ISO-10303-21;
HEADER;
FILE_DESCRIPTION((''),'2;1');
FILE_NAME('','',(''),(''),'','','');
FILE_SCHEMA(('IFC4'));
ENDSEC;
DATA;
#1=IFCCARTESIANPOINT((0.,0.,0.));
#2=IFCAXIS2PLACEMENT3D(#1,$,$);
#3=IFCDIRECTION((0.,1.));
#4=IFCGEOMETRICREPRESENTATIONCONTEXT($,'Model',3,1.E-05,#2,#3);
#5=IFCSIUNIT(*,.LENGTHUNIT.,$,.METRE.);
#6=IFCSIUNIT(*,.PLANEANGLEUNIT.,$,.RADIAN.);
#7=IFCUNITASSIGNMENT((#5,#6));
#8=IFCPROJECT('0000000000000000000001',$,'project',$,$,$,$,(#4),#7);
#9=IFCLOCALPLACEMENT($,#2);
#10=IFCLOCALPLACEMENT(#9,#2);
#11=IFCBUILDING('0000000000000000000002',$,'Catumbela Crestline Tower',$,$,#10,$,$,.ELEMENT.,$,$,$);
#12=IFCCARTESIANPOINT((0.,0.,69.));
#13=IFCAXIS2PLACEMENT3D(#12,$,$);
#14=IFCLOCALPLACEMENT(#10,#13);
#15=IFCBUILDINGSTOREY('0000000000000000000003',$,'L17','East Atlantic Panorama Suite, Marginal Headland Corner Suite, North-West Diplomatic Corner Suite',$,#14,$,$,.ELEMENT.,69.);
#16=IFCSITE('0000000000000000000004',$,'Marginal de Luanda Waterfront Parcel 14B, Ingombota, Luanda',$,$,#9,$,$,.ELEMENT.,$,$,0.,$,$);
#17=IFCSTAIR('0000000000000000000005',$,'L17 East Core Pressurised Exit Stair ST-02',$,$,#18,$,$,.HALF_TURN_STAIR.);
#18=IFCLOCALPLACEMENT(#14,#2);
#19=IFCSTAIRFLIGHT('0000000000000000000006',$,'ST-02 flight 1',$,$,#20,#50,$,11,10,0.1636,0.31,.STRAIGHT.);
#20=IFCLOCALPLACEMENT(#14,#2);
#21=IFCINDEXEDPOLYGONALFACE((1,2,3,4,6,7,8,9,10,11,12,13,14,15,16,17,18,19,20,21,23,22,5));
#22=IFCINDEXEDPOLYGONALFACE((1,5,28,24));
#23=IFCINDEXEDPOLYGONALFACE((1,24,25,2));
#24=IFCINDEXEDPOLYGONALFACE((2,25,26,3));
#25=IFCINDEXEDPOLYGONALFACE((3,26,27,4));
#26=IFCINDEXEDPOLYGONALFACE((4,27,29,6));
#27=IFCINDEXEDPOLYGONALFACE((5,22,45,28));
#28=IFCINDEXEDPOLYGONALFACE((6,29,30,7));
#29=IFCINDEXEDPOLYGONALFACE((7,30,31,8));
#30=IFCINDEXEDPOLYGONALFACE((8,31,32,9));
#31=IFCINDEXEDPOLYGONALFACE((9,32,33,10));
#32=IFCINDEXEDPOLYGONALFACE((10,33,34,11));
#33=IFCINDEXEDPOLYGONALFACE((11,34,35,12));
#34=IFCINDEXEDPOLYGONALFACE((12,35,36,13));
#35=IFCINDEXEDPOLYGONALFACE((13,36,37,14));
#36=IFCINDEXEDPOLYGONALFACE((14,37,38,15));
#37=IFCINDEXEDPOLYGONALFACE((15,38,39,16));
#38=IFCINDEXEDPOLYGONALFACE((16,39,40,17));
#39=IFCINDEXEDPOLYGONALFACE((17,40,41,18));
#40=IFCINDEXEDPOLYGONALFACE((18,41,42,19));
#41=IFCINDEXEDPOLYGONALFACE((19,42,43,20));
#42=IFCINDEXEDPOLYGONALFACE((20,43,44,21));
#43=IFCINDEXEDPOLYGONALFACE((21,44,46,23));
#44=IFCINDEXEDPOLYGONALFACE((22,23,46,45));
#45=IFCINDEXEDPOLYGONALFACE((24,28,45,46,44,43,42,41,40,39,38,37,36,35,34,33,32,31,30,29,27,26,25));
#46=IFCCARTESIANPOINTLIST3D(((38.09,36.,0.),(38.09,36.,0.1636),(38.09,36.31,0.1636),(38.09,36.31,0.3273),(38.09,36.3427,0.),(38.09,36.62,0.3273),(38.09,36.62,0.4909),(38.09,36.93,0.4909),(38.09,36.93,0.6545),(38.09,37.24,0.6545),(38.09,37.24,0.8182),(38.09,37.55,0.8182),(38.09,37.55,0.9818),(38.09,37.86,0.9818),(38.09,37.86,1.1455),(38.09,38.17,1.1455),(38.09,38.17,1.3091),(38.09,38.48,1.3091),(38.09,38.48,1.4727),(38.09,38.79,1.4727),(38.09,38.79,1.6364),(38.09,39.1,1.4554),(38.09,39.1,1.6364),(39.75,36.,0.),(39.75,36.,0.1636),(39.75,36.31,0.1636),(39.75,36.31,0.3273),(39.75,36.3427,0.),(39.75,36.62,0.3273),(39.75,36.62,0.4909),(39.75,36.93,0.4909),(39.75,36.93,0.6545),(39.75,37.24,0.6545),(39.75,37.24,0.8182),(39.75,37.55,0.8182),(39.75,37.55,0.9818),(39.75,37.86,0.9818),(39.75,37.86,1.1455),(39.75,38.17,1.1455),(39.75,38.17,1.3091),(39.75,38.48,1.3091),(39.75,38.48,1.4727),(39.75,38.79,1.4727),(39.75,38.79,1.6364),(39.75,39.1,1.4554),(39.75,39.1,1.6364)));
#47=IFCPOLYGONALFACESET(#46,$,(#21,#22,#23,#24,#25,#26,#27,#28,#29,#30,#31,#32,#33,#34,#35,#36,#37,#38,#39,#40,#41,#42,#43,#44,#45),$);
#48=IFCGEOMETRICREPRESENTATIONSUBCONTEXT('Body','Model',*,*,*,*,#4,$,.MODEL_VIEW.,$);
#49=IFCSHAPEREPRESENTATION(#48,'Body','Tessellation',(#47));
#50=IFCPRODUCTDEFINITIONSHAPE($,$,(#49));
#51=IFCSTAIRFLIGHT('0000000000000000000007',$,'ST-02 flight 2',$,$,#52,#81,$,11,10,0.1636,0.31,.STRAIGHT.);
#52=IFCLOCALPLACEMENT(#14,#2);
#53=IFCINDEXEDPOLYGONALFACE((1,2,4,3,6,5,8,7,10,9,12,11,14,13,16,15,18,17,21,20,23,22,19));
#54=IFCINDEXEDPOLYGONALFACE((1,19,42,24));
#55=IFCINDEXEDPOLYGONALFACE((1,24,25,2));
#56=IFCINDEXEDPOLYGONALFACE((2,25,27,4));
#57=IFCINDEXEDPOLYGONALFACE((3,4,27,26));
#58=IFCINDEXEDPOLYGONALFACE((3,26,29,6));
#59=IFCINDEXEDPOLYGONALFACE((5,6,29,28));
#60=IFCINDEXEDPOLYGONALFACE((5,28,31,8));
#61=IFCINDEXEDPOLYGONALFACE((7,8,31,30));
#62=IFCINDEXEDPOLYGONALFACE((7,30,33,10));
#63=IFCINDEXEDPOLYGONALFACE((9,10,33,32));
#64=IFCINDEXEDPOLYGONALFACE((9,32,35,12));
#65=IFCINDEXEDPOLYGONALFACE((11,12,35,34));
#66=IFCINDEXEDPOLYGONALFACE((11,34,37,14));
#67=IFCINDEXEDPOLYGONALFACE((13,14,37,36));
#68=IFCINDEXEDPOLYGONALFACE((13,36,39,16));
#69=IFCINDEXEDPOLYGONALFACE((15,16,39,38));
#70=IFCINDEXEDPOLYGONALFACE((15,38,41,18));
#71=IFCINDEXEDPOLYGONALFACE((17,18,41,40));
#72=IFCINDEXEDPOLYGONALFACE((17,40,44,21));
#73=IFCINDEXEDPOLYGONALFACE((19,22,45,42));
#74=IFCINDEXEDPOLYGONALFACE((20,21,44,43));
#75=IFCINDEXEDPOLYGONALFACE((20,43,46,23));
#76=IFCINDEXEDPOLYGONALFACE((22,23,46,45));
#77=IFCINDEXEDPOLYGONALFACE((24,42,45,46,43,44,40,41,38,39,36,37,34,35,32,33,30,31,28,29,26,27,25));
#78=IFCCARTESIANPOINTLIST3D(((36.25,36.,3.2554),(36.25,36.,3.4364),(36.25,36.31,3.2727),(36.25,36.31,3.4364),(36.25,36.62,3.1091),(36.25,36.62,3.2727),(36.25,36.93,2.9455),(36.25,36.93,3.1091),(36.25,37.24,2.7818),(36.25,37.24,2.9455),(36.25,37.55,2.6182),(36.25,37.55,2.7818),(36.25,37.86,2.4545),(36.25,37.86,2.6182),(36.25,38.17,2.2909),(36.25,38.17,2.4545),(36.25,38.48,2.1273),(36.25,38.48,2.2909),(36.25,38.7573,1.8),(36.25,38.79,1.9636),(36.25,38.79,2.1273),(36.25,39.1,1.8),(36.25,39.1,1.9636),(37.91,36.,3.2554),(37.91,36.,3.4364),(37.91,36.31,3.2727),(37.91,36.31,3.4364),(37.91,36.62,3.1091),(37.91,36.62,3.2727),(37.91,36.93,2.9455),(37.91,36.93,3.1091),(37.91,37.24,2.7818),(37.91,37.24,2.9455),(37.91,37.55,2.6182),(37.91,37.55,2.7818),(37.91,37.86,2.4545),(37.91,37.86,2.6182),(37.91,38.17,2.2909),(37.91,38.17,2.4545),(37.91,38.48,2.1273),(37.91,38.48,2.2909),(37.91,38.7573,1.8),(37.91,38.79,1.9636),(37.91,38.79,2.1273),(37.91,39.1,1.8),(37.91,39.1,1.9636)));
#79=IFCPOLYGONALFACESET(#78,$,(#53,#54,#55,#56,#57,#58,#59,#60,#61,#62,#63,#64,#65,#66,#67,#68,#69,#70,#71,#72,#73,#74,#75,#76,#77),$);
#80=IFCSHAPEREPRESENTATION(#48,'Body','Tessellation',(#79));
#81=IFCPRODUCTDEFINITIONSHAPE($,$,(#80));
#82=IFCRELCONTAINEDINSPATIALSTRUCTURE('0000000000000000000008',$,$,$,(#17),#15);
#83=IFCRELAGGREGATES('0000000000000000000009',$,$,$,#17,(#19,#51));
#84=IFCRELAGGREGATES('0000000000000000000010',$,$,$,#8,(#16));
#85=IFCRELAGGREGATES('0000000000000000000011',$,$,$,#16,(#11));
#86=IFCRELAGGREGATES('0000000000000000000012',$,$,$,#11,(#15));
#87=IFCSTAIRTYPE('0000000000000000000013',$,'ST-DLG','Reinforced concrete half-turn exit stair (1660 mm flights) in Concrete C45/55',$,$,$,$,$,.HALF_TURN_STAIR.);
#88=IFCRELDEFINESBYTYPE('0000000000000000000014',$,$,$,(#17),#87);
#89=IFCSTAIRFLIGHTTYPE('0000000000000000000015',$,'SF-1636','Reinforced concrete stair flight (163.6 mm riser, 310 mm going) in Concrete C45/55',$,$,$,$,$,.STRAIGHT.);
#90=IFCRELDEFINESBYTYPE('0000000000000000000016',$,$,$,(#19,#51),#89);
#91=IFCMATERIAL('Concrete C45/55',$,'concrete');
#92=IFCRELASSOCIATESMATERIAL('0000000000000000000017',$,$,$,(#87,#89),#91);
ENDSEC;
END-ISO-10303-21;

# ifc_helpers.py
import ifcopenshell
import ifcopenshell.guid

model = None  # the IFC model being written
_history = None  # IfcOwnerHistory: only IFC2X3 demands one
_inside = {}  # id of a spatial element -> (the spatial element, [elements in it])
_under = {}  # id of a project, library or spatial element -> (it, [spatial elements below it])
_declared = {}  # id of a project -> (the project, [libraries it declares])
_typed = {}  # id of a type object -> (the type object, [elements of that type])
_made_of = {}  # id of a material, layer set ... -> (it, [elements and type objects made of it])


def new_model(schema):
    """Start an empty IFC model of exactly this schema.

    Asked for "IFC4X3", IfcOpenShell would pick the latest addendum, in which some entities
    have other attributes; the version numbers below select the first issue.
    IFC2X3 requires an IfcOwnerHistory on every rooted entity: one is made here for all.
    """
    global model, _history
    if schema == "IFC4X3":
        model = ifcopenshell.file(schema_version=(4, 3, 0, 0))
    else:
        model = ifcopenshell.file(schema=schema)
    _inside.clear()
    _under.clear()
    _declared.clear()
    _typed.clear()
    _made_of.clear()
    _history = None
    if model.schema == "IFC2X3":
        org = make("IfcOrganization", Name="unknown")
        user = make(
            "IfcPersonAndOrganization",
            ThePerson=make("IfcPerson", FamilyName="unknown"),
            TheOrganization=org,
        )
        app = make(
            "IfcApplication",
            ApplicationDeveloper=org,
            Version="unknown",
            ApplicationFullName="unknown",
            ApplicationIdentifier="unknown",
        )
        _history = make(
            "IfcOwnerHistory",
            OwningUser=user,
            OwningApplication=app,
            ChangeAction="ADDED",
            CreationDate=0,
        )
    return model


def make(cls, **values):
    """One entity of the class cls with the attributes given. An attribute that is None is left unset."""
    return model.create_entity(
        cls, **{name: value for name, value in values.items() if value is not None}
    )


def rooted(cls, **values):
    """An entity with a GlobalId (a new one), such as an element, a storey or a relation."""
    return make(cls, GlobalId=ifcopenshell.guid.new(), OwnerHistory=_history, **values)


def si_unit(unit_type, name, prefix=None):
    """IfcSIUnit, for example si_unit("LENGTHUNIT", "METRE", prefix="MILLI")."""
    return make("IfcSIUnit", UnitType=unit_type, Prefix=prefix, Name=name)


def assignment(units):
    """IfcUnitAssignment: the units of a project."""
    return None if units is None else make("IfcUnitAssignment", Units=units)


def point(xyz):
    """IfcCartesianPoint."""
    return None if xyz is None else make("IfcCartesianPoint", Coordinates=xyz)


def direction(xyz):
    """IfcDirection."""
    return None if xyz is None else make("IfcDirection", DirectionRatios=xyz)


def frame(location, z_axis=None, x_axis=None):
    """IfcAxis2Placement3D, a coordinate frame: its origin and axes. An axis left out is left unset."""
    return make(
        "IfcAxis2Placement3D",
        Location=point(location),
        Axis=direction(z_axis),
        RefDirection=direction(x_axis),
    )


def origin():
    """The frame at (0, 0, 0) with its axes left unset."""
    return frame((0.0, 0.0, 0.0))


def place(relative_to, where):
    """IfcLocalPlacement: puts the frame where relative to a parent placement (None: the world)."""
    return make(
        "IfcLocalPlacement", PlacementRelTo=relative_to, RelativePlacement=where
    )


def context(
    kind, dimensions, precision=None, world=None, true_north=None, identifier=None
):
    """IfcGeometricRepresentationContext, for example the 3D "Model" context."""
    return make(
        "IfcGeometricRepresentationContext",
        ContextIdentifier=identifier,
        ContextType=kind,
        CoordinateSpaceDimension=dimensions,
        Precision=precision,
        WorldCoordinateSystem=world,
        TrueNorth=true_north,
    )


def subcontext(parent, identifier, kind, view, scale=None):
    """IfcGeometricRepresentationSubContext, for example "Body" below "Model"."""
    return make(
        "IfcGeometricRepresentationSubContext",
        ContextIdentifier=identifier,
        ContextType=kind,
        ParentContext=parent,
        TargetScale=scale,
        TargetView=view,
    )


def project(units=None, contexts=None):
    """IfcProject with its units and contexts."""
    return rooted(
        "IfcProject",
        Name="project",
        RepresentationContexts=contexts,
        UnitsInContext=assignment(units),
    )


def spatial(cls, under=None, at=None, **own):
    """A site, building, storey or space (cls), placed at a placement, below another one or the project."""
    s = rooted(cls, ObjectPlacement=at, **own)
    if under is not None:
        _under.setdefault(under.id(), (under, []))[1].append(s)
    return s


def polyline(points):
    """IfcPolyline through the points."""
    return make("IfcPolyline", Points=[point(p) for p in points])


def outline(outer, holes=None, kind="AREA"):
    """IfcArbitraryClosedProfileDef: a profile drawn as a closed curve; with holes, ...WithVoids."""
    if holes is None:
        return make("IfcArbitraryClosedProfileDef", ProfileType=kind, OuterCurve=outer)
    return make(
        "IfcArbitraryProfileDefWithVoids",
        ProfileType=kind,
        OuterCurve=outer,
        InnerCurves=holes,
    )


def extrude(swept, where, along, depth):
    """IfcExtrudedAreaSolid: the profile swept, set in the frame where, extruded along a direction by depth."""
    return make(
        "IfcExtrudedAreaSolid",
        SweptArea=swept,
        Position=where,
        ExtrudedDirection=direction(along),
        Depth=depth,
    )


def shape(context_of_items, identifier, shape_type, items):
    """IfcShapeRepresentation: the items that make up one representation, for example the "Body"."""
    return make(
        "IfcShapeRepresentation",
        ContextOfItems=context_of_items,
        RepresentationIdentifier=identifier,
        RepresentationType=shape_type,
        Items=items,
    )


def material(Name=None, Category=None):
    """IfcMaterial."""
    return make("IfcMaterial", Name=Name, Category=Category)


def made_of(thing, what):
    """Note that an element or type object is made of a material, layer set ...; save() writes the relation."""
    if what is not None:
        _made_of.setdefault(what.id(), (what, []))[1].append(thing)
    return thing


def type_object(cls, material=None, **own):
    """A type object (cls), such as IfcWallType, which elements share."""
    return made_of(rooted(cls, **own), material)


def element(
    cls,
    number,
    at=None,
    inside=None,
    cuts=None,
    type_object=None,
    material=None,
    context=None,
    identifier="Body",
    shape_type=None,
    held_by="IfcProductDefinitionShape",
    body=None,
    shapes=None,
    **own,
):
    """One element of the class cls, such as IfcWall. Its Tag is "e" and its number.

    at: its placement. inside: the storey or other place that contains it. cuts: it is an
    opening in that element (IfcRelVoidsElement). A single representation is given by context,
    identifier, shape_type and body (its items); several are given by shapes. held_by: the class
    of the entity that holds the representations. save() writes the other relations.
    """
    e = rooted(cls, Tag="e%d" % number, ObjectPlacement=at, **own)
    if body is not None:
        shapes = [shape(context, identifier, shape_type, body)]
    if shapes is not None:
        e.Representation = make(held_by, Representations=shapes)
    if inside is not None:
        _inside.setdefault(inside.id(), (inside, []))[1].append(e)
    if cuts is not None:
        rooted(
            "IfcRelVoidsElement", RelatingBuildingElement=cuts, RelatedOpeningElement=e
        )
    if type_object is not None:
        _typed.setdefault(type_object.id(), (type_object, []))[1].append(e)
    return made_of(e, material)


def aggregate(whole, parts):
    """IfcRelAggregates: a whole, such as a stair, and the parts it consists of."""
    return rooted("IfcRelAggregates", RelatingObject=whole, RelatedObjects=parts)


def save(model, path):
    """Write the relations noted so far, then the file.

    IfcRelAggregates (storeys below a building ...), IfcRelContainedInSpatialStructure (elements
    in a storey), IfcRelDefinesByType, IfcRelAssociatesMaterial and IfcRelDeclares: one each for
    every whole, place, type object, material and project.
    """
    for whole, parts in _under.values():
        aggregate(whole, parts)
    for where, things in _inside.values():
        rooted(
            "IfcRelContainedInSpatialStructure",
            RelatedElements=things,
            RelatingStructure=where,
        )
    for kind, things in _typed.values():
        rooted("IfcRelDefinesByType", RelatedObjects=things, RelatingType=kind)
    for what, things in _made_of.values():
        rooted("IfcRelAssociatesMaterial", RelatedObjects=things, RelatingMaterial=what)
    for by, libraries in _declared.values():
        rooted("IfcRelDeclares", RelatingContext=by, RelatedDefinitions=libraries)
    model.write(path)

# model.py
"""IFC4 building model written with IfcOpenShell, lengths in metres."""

from ifc_helpers import new_model, si_unit, direction, frame, origin, place, context, subcontext, project, spatial, polyline, outline, extrude, material, type_object, element, aggregate, save


model = new_model("IFC4")

# Units and contexts
model_context = context("Model", 3, precision=1e-05, world=origin(), true_north=direction((0.0, 1.0)))
body_context = subcontext(model_context, "Body", "Model", "MODEL_VIEW")
ifc_project = project(units=[si_unit("LENGTHUNIT", "METRE"), si_unit("PLANEANGLEUNIT", "RADIAN")], contexts=[model_context])

# Site, building, storey
site_placement = place(None, origin())
site = spatial("IfcSite", under=ifc_project, at=site_placement, Name="Marginal de Luanda Waterfront Parcel 14B, Ingombota, Luanda", CompositionType="ELEMENT", RefElevation=0.0)
building_placement = place(site_placement, origin())
building = spatial("IfcBuilding", under=site, at=building_placement, Name="Catumbela Crestline Tower", CompositionType="ELEMENT")
storey_placement = place(building_placement, frame((0.0, 0.0, 69.0)))
storey = spatial("IfcBuildingStorey", under=building, at=storey_placement, Name="L17", Description="East Atlantic Panorama Suite, Marginal Headland Corner Suite, North-West Diplomatic Corner Suite", CompositionType="ELEMENT", Elevation=69.0)

# Stair, stair flights
ifc_material_1 = material(Name="Concrete C45/55", Category="concrete")
stair_type = type_object("IfcStairType", Name="ST-DLG", Description="Reinforced concrete half-turn exit stair (1660 mm flights) in Concrete C45/55", PredefinedType="HALF_TURN_STAIR", material=ifc_material_1)
stair_placement = place(storey_placement, origin())
stair = element("IfcStair", 1, at=stair_placement, inside=storey, type_object=stair_type, Name="L17 East Core Pressurised Exit Stair ST-02", PredefinedType="HALF_TURN_STAIR")
stair_flight_type = type_object("IfcStairFlightType", Name="SF-1636", Description="Reinforced concrete stair flight (163.6 mm riser, 310 mm going) in Concrete C45/55", PredefinedType="STRAIGHT", material=ifc_material_1)
stair_flight_1_placement = place(storey_placement, frame((38.92, 36.0, 0.0), z_axis=(0.0, 0.0, 1.0), x_axis=(0.0, 1.0, 0.0)))
stair_flight_1 = element("IfcStairFlight", 2, at=stair_flight_1_placement, type_object=stair_flight_type, Name="ST-02 flight 1", NumberOfRisers=11, NumberOfTreads=10, PredefinedType="STRAIGHT", RiserHeight=0.1636, TreadLength=0.31, context=body_context, shape_type="SweptSolid", body=[
    extrude(outline(polyline([(0.0, 0.0), (0.0, 0.1636), (0.31, 0.1636), (0.31, 0.3273), (0.62, 0.3273), (0.62, 0.4909), (0.93, 0.4909), (0.93, 0.6545), (1.24, 0.6545), (1.24, 0.8182), (1.55, 0.8182), (1.55, 0.9818), (1.86, 0.9818), (1.86, 1.1455), (2.17, 1.1455), (2.17, 1.3091), (2.48, 1.3091), (2.48, 1.4727), (2.79, 1.4727), (2.79, 1.6364), (3.1, 1.6364), (3.1, 1.8), (3.1, 1.4554), (0.3427, 0.0), (0.0, 0.0)])), frame((0.0, 0.83, 0.0), z_axis=(0.0, -1.0, 0.0), x_axis=(1.0, 0.0, 0.0)), (0.0, 0.0, 1.0), 1.66),
])
stair_flight_2_placement = place(storey_placement, frame((37.08, 39.1, 1.8), z_axis=(0.0, 0.0, 1.0), x_axis=(0.0, -1.0, 0.0)))
stair_flight_2 = element("IfcStairFlight", 3, at=stair_flight_2_placement, type_object=stair_flight_type, Name="ST-02 flight 2", NumberOfRisers=11, NumberOfTreads=10, PredefinedType="STRAIGHT", RiserHeight=0.1636, TreadLength=0.31, context=body_context, shape_type="SweptSolid", body=[
    extrude(outline(polyline([(0.0, 0.0), (0.0, 0.1636), (0.31, 0.1636), (0.31, 0.3273), (0.62, 0.3273), (0.62, 0.4909), (0.93, 0.4909), (0.93, 0.6545), (1.24, 0.6545), (1.24, 0.8182), (1.55, 0.8182), (1.55, 0.9818), (1.86, 0.9818), (1.86, 1.1455), (2.17, 1.1455), (2.17, 1.3091), (2.48, 1.3091), (2.48, 1.4727), (2.79, 1.4727), (2.79, 1.6364), (3.1, 1.6364), (3.1, 1.8), (3.1, 1.4554), (0.3427, 0.0), (0.0, 0.0)])), frame((0.0, 0.83, 0.0), z_axis=(0.0, -1.0, 0.0), x_axis=(1.0, 0.0, 0.0)), (0.0, 0.0, 1.0), 1.66),
])
aggregate(stair, [stair_flight_1, stair_flight_2])

save(model, "model.ifc")
